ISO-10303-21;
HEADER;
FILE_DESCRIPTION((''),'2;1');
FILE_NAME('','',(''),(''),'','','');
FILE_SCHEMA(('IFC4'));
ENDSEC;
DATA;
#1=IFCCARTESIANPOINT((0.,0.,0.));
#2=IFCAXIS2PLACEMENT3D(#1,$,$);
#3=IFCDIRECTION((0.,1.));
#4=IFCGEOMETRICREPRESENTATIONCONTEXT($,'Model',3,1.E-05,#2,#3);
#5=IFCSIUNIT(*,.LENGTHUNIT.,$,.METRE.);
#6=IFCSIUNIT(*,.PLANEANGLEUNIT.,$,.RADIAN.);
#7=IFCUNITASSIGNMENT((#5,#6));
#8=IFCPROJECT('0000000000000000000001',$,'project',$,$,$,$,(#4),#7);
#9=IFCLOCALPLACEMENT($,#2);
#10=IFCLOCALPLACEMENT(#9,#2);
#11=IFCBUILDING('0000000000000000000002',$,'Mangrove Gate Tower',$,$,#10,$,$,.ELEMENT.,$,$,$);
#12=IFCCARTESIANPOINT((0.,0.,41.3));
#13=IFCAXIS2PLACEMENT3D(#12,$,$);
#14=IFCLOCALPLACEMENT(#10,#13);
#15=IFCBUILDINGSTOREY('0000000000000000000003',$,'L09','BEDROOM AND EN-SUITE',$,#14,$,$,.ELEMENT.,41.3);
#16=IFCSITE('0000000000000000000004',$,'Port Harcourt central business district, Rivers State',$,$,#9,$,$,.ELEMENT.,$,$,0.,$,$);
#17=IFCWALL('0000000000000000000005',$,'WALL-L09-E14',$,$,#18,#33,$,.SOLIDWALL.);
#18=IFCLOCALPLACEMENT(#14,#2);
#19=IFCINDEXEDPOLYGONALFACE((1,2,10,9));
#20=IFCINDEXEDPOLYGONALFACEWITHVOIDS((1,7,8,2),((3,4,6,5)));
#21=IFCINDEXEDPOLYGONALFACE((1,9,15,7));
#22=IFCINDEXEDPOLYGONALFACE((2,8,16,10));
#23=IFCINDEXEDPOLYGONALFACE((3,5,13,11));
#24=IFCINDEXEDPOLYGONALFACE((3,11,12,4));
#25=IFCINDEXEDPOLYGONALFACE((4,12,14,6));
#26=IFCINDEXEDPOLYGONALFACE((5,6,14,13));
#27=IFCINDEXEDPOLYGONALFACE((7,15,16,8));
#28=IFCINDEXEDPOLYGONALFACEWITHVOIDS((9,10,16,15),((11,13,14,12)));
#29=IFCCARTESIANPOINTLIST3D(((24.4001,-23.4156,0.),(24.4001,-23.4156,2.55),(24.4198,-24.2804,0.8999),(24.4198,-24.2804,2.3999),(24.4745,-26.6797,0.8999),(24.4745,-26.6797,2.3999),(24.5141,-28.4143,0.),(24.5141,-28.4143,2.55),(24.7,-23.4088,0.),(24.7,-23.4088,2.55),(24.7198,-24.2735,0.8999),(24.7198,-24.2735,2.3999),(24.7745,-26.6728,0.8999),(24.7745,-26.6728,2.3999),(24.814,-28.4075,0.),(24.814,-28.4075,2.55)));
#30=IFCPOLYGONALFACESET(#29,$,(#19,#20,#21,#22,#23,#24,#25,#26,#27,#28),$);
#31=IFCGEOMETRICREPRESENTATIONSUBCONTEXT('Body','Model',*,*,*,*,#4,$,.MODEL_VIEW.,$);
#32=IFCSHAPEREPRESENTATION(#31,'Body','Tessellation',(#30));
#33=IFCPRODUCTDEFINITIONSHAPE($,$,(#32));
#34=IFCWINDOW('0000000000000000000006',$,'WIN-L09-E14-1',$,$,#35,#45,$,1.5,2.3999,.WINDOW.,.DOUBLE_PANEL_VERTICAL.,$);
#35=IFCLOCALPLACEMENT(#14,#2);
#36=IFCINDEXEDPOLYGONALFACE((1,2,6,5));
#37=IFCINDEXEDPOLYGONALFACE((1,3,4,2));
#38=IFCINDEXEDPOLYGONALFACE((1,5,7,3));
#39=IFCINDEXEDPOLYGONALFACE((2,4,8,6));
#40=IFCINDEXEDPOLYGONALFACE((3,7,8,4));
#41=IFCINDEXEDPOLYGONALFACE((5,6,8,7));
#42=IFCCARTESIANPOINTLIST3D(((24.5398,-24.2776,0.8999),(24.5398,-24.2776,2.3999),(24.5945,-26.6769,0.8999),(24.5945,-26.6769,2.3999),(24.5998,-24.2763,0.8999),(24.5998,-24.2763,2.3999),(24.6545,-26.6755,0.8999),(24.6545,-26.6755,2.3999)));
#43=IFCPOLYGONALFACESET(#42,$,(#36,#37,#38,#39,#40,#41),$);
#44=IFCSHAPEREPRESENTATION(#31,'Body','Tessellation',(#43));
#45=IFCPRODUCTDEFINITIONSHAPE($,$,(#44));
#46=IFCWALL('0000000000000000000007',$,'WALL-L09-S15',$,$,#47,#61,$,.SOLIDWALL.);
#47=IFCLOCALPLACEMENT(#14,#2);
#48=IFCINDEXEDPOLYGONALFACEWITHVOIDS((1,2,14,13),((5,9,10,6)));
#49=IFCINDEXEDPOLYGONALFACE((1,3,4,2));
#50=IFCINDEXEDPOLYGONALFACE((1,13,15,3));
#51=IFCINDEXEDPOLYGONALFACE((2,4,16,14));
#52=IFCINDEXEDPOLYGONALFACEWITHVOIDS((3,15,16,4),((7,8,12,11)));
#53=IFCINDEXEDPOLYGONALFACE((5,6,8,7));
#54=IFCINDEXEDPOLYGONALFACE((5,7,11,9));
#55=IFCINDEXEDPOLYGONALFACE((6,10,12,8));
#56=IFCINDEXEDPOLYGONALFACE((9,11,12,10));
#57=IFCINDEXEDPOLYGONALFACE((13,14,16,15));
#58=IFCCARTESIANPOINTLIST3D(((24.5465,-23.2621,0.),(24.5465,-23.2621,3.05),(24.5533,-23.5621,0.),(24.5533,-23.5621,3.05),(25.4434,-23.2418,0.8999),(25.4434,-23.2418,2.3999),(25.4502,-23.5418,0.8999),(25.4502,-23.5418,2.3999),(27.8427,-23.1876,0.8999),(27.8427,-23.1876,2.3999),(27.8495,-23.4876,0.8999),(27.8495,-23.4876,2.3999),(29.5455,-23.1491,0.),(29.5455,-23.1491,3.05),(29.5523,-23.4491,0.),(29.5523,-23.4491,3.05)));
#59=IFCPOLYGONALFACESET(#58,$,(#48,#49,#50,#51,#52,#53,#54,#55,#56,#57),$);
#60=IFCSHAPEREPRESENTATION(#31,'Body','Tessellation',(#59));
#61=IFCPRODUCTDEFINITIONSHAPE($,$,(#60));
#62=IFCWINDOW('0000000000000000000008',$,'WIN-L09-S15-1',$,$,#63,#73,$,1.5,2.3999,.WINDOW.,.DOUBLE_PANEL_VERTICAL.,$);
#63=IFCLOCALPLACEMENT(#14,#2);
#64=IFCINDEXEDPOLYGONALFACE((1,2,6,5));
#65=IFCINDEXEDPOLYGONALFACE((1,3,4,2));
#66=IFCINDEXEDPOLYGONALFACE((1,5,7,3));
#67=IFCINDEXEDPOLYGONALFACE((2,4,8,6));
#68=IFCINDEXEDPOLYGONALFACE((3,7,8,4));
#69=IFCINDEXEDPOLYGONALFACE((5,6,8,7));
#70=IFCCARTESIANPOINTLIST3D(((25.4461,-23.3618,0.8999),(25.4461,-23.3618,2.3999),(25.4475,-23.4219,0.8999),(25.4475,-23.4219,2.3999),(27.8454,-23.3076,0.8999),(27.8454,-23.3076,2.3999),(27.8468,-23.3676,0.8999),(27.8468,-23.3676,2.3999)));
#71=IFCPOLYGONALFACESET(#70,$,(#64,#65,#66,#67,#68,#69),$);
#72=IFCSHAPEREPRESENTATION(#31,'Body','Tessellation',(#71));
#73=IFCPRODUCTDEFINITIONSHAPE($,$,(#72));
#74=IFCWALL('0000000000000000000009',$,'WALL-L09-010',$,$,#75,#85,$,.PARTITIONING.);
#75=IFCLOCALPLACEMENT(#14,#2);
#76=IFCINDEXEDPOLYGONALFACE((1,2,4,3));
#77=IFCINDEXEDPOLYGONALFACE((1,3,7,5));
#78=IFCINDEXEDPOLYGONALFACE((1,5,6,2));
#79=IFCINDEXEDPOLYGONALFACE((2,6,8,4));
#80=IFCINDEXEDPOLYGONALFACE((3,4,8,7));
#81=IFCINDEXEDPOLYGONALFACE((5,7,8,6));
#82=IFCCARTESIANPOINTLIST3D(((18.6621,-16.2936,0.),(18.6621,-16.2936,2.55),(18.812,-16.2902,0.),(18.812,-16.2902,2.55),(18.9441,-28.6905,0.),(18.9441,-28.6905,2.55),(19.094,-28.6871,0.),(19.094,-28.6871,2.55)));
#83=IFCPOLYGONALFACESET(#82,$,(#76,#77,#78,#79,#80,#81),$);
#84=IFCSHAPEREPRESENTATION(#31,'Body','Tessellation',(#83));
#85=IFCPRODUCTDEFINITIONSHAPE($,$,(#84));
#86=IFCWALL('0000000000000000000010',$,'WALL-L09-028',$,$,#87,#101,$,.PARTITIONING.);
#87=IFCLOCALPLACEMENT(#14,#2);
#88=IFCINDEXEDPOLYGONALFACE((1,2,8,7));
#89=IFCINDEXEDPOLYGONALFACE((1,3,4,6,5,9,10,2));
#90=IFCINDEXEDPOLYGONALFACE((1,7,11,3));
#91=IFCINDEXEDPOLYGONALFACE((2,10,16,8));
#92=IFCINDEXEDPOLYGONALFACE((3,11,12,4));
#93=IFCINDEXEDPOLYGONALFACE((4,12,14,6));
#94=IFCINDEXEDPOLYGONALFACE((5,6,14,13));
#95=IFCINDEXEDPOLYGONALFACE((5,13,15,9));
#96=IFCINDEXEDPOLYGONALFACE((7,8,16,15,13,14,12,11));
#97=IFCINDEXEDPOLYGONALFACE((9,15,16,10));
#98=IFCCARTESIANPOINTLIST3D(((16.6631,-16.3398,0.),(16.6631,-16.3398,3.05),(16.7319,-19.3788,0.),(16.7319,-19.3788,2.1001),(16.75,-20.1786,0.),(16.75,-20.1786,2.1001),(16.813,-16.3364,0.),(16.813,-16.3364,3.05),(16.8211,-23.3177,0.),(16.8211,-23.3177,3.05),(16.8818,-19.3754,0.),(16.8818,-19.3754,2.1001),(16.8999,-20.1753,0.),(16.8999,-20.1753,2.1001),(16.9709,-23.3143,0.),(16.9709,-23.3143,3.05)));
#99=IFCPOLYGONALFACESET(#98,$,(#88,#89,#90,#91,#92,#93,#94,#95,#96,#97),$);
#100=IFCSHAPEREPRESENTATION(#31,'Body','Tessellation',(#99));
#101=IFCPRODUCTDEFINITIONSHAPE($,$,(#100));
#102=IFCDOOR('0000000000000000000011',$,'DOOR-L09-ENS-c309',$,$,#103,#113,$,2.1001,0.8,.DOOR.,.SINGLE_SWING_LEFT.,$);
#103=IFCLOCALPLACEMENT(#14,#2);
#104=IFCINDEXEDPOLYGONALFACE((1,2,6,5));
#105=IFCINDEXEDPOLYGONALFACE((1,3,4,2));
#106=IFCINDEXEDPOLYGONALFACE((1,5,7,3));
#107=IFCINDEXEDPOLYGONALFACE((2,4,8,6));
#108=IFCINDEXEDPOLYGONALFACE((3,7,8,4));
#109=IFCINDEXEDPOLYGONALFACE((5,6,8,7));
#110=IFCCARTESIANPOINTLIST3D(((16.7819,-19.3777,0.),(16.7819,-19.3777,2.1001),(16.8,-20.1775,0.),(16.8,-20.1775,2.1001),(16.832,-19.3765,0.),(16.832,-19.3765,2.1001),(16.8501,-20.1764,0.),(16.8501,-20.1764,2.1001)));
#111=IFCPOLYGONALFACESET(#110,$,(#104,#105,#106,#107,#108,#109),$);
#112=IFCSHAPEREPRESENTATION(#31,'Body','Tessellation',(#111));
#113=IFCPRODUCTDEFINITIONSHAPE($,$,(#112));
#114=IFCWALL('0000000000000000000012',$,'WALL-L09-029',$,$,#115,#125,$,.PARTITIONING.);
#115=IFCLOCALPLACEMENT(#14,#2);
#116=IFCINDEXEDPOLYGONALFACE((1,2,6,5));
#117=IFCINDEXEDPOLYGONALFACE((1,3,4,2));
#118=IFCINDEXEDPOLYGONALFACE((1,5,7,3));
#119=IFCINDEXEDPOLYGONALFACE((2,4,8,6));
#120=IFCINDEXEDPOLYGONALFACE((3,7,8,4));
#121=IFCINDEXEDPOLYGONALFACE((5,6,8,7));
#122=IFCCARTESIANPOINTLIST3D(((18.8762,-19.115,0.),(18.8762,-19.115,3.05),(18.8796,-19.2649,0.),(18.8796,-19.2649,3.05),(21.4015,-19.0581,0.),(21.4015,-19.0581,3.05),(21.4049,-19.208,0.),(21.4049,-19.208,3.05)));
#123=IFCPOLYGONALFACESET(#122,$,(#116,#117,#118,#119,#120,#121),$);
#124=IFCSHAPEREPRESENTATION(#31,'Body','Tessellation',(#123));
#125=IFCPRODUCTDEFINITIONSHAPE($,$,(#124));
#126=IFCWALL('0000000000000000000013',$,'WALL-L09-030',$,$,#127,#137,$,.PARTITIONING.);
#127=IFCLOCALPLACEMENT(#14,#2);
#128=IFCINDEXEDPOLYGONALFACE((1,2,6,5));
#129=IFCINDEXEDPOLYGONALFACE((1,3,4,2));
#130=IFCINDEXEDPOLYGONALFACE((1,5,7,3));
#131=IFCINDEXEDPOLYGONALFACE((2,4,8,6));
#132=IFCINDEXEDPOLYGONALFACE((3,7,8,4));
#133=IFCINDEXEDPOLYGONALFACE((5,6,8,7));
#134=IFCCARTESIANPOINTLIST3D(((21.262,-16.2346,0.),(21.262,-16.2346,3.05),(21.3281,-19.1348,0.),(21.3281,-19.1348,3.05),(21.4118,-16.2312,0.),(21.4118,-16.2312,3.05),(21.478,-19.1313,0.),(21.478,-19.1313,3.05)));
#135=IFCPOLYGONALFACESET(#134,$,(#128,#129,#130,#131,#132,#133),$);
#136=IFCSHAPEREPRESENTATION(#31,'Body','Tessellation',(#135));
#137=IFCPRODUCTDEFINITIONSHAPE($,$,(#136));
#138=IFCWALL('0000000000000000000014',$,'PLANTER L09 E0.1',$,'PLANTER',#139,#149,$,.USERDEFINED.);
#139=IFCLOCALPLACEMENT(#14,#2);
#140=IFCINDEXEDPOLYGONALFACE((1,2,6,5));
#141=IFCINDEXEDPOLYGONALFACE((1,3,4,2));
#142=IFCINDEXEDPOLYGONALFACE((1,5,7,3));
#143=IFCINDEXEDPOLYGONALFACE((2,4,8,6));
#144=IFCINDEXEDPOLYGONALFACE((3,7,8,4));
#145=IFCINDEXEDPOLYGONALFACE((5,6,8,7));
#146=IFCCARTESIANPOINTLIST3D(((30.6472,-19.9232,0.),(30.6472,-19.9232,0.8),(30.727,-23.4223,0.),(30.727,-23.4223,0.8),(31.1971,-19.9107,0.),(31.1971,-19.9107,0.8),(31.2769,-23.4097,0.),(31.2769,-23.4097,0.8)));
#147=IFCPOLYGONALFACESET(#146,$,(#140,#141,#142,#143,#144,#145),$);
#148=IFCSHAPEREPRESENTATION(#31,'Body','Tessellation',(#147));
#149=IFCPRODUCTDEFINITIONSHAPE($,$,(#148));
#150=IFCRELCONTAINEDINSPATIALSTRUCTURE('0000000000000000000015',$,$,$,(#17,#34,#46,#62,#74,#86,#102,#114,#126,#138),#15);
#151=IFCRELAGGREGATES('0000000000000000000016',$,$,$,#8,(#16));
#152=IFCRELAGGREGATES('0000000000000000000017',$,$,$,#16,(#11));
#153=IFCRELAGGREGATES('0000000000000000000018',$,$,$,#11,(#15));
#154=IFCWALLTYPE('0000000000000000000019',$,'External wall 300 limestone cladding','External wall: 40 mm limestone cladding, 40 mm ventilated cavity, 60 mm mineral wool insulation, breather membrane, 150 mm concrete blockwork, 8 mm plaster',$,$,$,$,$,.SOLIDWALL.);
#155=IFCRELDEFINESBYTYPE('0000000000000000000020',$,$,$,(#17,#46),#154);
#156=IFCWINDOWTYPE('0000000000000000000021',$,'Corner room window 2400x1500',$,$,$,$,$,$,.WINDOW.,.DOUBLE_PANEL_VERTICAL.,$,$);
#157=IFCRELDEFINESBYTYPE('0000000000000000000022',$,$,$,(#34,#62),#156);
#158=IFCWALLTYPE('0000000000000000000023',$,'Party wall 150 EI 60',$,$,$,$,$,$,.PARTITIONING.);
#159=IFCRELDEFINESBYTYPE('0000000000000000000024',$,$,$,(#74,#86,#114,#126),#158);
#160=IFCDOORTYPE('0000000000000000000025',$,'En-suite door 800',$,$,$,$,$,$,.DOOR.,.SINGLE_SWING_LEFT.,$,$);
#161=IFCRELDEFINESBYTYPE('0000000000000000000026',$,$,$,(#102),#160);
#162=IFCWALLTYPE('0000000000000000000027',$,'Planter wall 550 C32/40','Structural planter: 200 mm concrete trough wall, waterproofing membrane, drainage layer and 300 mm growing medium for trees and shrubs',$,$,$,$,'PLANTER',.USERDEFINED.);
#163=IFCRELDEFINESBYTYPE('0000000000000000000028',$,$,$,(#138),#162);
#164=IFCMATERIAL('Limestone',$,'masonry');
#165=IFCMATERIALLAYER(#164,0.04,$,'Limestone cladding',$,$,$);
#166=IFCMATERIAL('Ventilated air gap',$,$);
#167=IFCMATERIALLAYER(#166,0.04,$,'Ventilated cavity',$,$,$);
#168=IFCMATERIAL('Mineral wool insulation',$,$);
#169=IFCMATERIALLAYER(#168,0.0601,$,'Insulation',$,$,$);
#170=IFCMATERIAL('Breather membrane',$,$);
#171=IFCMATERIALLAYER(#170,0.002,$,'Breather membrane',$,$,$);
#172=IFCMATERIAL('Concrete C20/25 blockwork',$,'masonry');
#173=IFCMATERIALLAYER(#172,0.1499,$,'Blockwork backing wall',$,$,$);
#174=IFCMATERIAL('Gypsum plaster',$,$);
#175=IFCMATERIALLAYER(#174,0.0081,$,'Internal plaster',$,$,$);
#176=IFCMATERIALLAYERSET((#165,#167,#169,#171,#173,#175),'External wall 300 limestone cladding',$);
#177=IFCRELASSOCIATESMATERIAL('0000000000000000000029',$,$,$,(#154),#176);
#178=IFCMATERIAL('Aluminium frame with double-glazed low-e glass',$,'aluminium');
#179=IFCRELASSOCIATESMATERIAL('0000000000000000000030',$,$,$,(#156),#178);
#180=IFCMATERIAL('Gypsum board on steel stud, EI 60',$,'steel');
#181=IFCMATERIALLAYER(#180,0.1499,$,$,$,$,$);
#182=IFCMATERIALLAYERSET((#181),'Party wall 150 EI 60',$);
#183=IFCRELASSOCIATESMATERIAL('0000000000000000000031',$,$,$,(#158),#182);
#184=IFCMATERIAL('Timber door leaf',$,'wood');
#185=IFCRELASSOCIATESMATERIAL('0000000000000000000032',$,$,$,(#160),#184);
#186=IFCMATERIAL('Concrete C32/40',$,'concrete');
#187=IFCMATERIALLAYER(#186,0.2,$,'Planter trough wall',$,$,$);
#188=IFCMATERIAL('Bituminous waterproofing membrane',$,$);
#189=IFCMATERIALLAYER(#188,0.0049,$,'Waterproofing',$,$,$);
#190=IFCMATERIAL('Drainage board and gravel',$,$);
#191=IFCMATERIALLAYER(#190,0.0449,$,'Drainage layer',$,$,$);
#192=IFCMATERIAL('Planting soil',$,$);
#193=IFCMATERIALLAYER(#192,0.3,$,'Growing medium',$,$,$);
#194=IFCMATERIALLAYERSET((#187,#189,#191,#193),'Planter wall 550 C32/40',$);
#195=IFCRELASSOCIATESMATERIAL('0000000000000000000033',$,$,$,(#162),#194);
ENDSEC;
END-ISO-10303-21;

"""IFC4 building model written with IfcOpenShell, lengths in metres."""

from ifc_helpers import new_model, si_unit, direction, frame, frame_2d, origin, place, context, subcontext, project, spatial, rectangle, extrude, material, layer, layer_set, type_object, element, fill, save


model = new_model("IFC4")

# Units and contexts
model_context = context("Model", 3, precision=1e-05, world=origin(), true_north=direction((0.0, 1.0)))
body_context = subcontext(model_context, "Body", "Model", "MODEL_VIEW")
ifc_project = project(units=[si_unit("LENGTHUNIT", "METRE"), si_unit("PLANEANGLEUNIT", "RADIAN")], contexts=[model_context])

# Site, building, storey
site_placement = place(None, origin())
site = spatial("IfcSite", under=ifc_project, at=site_placement, Name="Port Harcourt central business district, Rivers State", CompositionType="ELEMENT", RefElevation=0.0)
building_placement = place(site_placement, origin())
building = spatial("IfcBuilding", under=site, at=building_placement, Name="Mangrove Gate Tower", CompositionType="ELEMENT")
storey_placement = place(building_placement, frame((0.0, 0.0, 41.3)))
storey = spatial("IfcBuildingStorey", under=building, at=storey_placement, Name="L09", Description="BEDROOM AND EN-SUITE", CompositionType="ELEMENT", Elevation=41.3)

# Shared definitions
ifc_material_1 = material(Name="Limestone", Category="masonry")
ifc_layer_1 = layer(ifc_material_1, 0.04, Name="Limestone cladding")
ifc_material_2 = material(Name="Ventilated air gap")
ifc_layer_2 = layer(ifc_material_2, 0.04, Name="Ventilated cavity")
ifc_material_3 = material(Name="Mineral wool insulation")
ifc_layer_3 = layer(ifc_material_3, 0.0601, Name="Insulation")
ifc_material_4 = material(Name="Breather membrane")
ifc_layer_4 = layer(ifc_material_4, 0.002, Name="Breather membrane")
ifc_material_5 = material(Name="Concrete C20/25 blockwork", Category="masonry")
ifc_layer_5 = layer(ifc_material_5, 0.1499, Name="Blockwork backing wall")
ifc_material_6 = material(Name="Gypsum plaster")
ifc_layer_6 = layer(ifc_material_6, 0.0081, Name="Internal plaster")
ifc_layer_set_1 = layer_set([ifc_layer_1, ifc_layer_2, ifc_layer_3, ifc_layer_4, ifc_layer_5, ifc_layer_6], Name="External wall 300 limestone cladding")
wall_type_1 = type_object("IfcWallType", Name="External wall 300 limestone cladding", Description="External wall: 40 mm limestone cladding, 40 mm ventilated cavity, 60 mm mineral wool insulation, breather membrane, 150 mm concrete blockwork, 8 mm plaster", PredefinedType="SOLIDWALL", material=ifc_layer_set_1)
ifc_material_7 = material(Name="Aluminium frame with double-glazed low-e glass", Category="aluminium")
window_type = type_object("IfcWindowType", Name="Corner room window 2400x1500", PartitioningType="DOUBLE_PANEL_VERTICAL", PredefinedType="WINDOW", material=ifc_material_7)

# Walls, openings, windows
wall_1_placement = place(storey_placement, frame((24.6641, -28.4109, 0.0), z_axis=(0.0, 0.0, 1.0), x_axis=(-0.022802, 0.99974, 0.0)))
wall_1 = element("IfcWall", 1, at=wall_1_placement, inside=storey, type_object=wall_type_1, Name="WALL-L09-E14", PredefinedType="SOLIDWALL", context=body_context, shape_type="SweptSolid", body=[
    extrude(rectangle(XDim=5.0, YDim=0.3, at=frame_2d((2.5, 0.0))), origin(), (0.0, 0.0, 1.0), 2.55),
])
opening_1_placement = place(wall_1_placement, frame((1.7351, 0.0, 0.8999)))
opening_1 = element("IfcOpeningElement", 2, at=opening_1_placement, cuts=wall_1, PredefinedType="OPENING", context=body_context, shape_type="SweptSolid", body=[
    extrude(rectangle(XDim=2.3999, YDim=1.5, at=frame_2d((1.2, 0.75))), frame((0.0, 0.1599, 0.0), z_axis=(0.0, -1.0, 0.0), x_axis=(1.0, 0.0, 0.0)), (0.0, 0.0, 1.0), 0.3201),
])
window_1_placement = place(opening_1_placement, origin())
window_1 = element("IfcWindow", 3, at=window_1_placement, inside=storey, type_object=window_type, Name="WIN-L09-E14-1", OverallHeight=1.5, OverallWidth=2.3999, PartitioningType="DOUBLE_PANEL_VERTICAL", PredefinedType="WINDOW", context=body_context, shape_type="SweptSolid", body=[
    extrude(rectangle(XDim=2.3999, YDim=1.5, at=frame_2d((1.2, 0.75))), frame((0.0, 0.03, 0.0), z_axis=(0.0, -1.0, 0.0), x_axis=(1.0, 0.0, 0.0)), (0.0, 0.0, 1.0), 0.0601),
])
fill(opening_1, window_1)
wall_2_placement = place(storey_placement, frame((24.55, -23.4121, 0.0), z_axis=(0.0, 0.0, 1.0), x_axis=(0.999744, 0.022606, 0.0)))
wall_2 = element("IfcWall", 4, at=wall_2_placement, inside=storey, type_object=wall_type_1, Name="WALL-L09-S15", PredefinedType="SOLIDWALL", context=body_context, shape_type="SweptSolid", body=[
    extrude(rectangle(XDim=5.0002, YDim=0.3, at=frame_2d((2.5, 0.0))), origin(), (0.0, 0.0, 1.0), 3.05),
])
opening_2_placement = place(wall_2_placement, frame((0.897, 0.0, 0.8999)))
opening_2 = element("IfcOpeningElement", 5, at=opening_2_placement, cuts=wall_2, PredefinedType="OPENING", context=body_context, shape_type="SweptSolid", body=[
    extrude(rectangle(XDim=2.3999, YDim=1.5, at=frame_2d((1.2, 0.75))), frame((0.0, 0.1599, 0.0), z_axis=(0.0, -1.0, 0.0), x_axis=(1.0, 0.0, 0.0)), (0.0, 0.0, 1.0), 0.3201),
])
window_2_placement = place(opening_2_placement, origin())
window_2 = element("IfcWindow", 6, at=window_2_placement, inside=storey, type_object=window_type, Name="WIN-L09-S15-1", OverallHeight=1.5, OverallWidth=2.3999, PartitioningType="DOUBLE_PANEL_VERTICAL", PredefinedType="WINDOW", context=body_context, shape_type="SweptSolid", body=[
    extrude(rectangle(XDim=2.3999, YDim=1.5, at=frame_2d((1.2, 0.75))), frame((0.0, 0.03, 0.0), z_axis=(0.0, -1.0, 0.0), x_axis=(1.0, 0.0, 0.0)), (0.0, 0.0, 1.0), 0.0601),
])
fill(opening_2, window_2)

# Wall
ifc_material_8 = material(Name="Gypsum board on steel stud, EI 60", Category="steel")
ifc_layer_7 = layer(ifc_material_8, 0.1499)
ifc_layer_set_2 = layer_set([ifc_layer_7], Name="Party wall 150 EI 60")
wall_type_2 = type_object("IfcWallType", Name="Party wall 150 EI 60", PredefinedType="PARTITIONING", material=ifc_layer_set_2)
wall_3_placement = place(storey_placement, frame((19.019, -28.689, 0.0), z_axis=(0.0, 0.0, 1.0), x_axis=(-0.02274, 0.999741, 0.0)))
element("IfcWall", 7, at=wall_3_placement, inside=storey, type_object=wall_type_2, Name="WALL-L09-010", PredefinedType="PARTITIONING", context=body_context, shape_type="SweptSolid", body=[
    extrude(rectangle(XDim=12.4001, YDim=0.1499, at=frame_2d((6.2002, 0.0))), origin(), (0.0, 0.0, 1.0), 2.55),
])

# Wall, opening, door
wall_4_placement = place(storey_placement, frame((16.896, -23.3159, 0.0), z_axis=(0.0, 0.0, 1.0), x_axis=(-0.022631, 0.999744, 0.0)))
wall_4 = element("IfcWall", 8, at=wall_4_placement, inside=storey, type_object=wall_type_2, Name="WALL-L09-028", PredefinedType="PARTITIONING", context=body_context, shape_type="SweptSolid", body=[
    extrude(rectangle(XDim=6.9797, YDim=0.1499, at=frame_2d((3.4897, 0.0))), origin(), (0.0, 0.0, 1.0), 3.05),
])
opening_3_placement = place(wall_4_placement, frame((3.1399, 0.0, 0.0)))
opening_3 = element("IfcOpeningElement", 9, at=opening_3_placement, cuts=wall_4, PredefinedType="OPENING", context=body_context, shape_type="SweptSolid", body=[
    extrude(rectangle(XDim=0.8, YDim=2.1001, at=frame_2d((0.3999, 1.05))), frame((0.0, 0.085, 0.0), z_axis=(0.0, -1.0, 0.0), x_axis=(1.0, 0.0, 0.0)), (0.0, 0.0, 1.0), 0.1699),
])
ifc_material_9 = material(Name="Timber door leaf", Category="wood")
door_type_1 = type_object("IfcDoorType", Name="En-suite door 800", OperationType="SINGLE_SWING_LEFT", PredefinedType="DOOR", material=ifc_material_9)
door_1_placement = place(opening_3_placement, origin())
door_1 = element("IfcDoor", 10, at=door_1_placement, inside=storey, type_object=door_type_1, Name="DOOR-L09-ENS-c309", OperationType="SINGLE_SWING_LEFT", OverallHeight=2.1001, OverallWidth=0.8, PredefinedType="DOOR", context=body_context, shape_type="SweptSolid", body=[
    extrude(rectangle(XDim=0.8, YDim=2.1001, at=frame_2d((0.3999, 1.05))), frame((0.0, 0.0249, 0.0), z_axis=(0.0, -1.0, 0.0), x_axis=(1.0, 0.0, 0.0)), (0.0, 0.0, 1.0), 0.05),
])
fill(opening_3, door_1)

# Walls
wall_5_placement = place(storey_placement, frame((18.8779, -19.1899, 0.0), z_axis=(0.0, 0.0, 1.0), x_axis=(0.999746, 0.022522, 0.0)))
element("IfcWall", 11, at=wall_5_placement, inside=storey, type_object=wall_type_2, Name="WALL-L09-029", PredefinedType="PARTITIONING", context=body_context, shape_type="SweptSolid", body=[
    extrude(rectangle(XDim=2.5259, YDim=0.1499, at=frame_2d((1.2629, 0.0))), origin(), (0.0, 0.0, 1.0), 3.05),
])
wall_6_placement = place(storey_placement, frame((21.4031, -19.1331, 0.0), z_axis=(0.0, 0.0, 1.0), x_axis=(-0.022807, 0.99974, 0.0)))
element("IfcWall", 12, at=wall_6_placement, inside=storey, type_object=wall_type_2, Name="WALL-L09-030", PredefinedType="PARTITIONING", context=body_context, shape_type="SweptSolid", body=[
    extrude(rectangle(XDim=2.9009, YDim=0.1499, at=frame_2d((1.4504, 0.0))), origin(), (0.0, 0.0, 1.0), 3.05),
])
ifc_material_10 = material(Name="Concrete C32/40", Category="concrete")
ifc_layer_8 = layer(ifc_material_10, 0.2, Name="Planter trough wall")
ifc_material_11 = material(Name="Bituminous waterproofing membrane")
ifc_layer_9 = layer(ifc_material_11, 0.0049, Name="Waterproofing")
ifc_material_12 = material(Name="Drainage board and gravel")
ifc_layer_10 = layer(ifc_material_12, 0.0449, Name="Drainage layer")
ifc_material_13 = material(Name="Planting soil")
ifc_layer_11 = layer(ifc_material_13, 0.3, Name="Growing medium")
ifc_layer_set_3 = layer_set([ifc_layer_8, ifc_layer_9, ifc_layer_10, ifc_layer_11], Name="Planter wall 550 C32/40")
wall_type_3 = type_object("IfcWallType", Name="Planter wall 550 C32/40", Description="Structural planter: 200 mm concrete trough wall, waterproofing membrane, drainage layer and 300 mm growing medium for trees and shrubs", ElementType="PLANTER", PredefinedType="USERDEFINED", material=ifc_layer_set_3)
wall_7_placement = place(storey_placement, frame((31.002, -23.416, 0.0), z_axis=(0.0, 0.0, 1.0), x_axis=(-0.02281, 0.99974, 0.0)))
element("IfcWall", 13, at=wall_7_placement, inside=storey, type_object=wall_type_3, Name="PLANTER L09 E0.1", ObjectType="PLANTER", PredefinedType="USERDEFINED", context=body_context, shape_type="SweptSolid", body=[
    extrude(rectangle(XDim=3.5, YDim=0.55, at=frame_2d((1.75, 0.0))), origin(), (0.0, 0.0, 1.0), 0.8),
])

save(model, "model.ifc")
